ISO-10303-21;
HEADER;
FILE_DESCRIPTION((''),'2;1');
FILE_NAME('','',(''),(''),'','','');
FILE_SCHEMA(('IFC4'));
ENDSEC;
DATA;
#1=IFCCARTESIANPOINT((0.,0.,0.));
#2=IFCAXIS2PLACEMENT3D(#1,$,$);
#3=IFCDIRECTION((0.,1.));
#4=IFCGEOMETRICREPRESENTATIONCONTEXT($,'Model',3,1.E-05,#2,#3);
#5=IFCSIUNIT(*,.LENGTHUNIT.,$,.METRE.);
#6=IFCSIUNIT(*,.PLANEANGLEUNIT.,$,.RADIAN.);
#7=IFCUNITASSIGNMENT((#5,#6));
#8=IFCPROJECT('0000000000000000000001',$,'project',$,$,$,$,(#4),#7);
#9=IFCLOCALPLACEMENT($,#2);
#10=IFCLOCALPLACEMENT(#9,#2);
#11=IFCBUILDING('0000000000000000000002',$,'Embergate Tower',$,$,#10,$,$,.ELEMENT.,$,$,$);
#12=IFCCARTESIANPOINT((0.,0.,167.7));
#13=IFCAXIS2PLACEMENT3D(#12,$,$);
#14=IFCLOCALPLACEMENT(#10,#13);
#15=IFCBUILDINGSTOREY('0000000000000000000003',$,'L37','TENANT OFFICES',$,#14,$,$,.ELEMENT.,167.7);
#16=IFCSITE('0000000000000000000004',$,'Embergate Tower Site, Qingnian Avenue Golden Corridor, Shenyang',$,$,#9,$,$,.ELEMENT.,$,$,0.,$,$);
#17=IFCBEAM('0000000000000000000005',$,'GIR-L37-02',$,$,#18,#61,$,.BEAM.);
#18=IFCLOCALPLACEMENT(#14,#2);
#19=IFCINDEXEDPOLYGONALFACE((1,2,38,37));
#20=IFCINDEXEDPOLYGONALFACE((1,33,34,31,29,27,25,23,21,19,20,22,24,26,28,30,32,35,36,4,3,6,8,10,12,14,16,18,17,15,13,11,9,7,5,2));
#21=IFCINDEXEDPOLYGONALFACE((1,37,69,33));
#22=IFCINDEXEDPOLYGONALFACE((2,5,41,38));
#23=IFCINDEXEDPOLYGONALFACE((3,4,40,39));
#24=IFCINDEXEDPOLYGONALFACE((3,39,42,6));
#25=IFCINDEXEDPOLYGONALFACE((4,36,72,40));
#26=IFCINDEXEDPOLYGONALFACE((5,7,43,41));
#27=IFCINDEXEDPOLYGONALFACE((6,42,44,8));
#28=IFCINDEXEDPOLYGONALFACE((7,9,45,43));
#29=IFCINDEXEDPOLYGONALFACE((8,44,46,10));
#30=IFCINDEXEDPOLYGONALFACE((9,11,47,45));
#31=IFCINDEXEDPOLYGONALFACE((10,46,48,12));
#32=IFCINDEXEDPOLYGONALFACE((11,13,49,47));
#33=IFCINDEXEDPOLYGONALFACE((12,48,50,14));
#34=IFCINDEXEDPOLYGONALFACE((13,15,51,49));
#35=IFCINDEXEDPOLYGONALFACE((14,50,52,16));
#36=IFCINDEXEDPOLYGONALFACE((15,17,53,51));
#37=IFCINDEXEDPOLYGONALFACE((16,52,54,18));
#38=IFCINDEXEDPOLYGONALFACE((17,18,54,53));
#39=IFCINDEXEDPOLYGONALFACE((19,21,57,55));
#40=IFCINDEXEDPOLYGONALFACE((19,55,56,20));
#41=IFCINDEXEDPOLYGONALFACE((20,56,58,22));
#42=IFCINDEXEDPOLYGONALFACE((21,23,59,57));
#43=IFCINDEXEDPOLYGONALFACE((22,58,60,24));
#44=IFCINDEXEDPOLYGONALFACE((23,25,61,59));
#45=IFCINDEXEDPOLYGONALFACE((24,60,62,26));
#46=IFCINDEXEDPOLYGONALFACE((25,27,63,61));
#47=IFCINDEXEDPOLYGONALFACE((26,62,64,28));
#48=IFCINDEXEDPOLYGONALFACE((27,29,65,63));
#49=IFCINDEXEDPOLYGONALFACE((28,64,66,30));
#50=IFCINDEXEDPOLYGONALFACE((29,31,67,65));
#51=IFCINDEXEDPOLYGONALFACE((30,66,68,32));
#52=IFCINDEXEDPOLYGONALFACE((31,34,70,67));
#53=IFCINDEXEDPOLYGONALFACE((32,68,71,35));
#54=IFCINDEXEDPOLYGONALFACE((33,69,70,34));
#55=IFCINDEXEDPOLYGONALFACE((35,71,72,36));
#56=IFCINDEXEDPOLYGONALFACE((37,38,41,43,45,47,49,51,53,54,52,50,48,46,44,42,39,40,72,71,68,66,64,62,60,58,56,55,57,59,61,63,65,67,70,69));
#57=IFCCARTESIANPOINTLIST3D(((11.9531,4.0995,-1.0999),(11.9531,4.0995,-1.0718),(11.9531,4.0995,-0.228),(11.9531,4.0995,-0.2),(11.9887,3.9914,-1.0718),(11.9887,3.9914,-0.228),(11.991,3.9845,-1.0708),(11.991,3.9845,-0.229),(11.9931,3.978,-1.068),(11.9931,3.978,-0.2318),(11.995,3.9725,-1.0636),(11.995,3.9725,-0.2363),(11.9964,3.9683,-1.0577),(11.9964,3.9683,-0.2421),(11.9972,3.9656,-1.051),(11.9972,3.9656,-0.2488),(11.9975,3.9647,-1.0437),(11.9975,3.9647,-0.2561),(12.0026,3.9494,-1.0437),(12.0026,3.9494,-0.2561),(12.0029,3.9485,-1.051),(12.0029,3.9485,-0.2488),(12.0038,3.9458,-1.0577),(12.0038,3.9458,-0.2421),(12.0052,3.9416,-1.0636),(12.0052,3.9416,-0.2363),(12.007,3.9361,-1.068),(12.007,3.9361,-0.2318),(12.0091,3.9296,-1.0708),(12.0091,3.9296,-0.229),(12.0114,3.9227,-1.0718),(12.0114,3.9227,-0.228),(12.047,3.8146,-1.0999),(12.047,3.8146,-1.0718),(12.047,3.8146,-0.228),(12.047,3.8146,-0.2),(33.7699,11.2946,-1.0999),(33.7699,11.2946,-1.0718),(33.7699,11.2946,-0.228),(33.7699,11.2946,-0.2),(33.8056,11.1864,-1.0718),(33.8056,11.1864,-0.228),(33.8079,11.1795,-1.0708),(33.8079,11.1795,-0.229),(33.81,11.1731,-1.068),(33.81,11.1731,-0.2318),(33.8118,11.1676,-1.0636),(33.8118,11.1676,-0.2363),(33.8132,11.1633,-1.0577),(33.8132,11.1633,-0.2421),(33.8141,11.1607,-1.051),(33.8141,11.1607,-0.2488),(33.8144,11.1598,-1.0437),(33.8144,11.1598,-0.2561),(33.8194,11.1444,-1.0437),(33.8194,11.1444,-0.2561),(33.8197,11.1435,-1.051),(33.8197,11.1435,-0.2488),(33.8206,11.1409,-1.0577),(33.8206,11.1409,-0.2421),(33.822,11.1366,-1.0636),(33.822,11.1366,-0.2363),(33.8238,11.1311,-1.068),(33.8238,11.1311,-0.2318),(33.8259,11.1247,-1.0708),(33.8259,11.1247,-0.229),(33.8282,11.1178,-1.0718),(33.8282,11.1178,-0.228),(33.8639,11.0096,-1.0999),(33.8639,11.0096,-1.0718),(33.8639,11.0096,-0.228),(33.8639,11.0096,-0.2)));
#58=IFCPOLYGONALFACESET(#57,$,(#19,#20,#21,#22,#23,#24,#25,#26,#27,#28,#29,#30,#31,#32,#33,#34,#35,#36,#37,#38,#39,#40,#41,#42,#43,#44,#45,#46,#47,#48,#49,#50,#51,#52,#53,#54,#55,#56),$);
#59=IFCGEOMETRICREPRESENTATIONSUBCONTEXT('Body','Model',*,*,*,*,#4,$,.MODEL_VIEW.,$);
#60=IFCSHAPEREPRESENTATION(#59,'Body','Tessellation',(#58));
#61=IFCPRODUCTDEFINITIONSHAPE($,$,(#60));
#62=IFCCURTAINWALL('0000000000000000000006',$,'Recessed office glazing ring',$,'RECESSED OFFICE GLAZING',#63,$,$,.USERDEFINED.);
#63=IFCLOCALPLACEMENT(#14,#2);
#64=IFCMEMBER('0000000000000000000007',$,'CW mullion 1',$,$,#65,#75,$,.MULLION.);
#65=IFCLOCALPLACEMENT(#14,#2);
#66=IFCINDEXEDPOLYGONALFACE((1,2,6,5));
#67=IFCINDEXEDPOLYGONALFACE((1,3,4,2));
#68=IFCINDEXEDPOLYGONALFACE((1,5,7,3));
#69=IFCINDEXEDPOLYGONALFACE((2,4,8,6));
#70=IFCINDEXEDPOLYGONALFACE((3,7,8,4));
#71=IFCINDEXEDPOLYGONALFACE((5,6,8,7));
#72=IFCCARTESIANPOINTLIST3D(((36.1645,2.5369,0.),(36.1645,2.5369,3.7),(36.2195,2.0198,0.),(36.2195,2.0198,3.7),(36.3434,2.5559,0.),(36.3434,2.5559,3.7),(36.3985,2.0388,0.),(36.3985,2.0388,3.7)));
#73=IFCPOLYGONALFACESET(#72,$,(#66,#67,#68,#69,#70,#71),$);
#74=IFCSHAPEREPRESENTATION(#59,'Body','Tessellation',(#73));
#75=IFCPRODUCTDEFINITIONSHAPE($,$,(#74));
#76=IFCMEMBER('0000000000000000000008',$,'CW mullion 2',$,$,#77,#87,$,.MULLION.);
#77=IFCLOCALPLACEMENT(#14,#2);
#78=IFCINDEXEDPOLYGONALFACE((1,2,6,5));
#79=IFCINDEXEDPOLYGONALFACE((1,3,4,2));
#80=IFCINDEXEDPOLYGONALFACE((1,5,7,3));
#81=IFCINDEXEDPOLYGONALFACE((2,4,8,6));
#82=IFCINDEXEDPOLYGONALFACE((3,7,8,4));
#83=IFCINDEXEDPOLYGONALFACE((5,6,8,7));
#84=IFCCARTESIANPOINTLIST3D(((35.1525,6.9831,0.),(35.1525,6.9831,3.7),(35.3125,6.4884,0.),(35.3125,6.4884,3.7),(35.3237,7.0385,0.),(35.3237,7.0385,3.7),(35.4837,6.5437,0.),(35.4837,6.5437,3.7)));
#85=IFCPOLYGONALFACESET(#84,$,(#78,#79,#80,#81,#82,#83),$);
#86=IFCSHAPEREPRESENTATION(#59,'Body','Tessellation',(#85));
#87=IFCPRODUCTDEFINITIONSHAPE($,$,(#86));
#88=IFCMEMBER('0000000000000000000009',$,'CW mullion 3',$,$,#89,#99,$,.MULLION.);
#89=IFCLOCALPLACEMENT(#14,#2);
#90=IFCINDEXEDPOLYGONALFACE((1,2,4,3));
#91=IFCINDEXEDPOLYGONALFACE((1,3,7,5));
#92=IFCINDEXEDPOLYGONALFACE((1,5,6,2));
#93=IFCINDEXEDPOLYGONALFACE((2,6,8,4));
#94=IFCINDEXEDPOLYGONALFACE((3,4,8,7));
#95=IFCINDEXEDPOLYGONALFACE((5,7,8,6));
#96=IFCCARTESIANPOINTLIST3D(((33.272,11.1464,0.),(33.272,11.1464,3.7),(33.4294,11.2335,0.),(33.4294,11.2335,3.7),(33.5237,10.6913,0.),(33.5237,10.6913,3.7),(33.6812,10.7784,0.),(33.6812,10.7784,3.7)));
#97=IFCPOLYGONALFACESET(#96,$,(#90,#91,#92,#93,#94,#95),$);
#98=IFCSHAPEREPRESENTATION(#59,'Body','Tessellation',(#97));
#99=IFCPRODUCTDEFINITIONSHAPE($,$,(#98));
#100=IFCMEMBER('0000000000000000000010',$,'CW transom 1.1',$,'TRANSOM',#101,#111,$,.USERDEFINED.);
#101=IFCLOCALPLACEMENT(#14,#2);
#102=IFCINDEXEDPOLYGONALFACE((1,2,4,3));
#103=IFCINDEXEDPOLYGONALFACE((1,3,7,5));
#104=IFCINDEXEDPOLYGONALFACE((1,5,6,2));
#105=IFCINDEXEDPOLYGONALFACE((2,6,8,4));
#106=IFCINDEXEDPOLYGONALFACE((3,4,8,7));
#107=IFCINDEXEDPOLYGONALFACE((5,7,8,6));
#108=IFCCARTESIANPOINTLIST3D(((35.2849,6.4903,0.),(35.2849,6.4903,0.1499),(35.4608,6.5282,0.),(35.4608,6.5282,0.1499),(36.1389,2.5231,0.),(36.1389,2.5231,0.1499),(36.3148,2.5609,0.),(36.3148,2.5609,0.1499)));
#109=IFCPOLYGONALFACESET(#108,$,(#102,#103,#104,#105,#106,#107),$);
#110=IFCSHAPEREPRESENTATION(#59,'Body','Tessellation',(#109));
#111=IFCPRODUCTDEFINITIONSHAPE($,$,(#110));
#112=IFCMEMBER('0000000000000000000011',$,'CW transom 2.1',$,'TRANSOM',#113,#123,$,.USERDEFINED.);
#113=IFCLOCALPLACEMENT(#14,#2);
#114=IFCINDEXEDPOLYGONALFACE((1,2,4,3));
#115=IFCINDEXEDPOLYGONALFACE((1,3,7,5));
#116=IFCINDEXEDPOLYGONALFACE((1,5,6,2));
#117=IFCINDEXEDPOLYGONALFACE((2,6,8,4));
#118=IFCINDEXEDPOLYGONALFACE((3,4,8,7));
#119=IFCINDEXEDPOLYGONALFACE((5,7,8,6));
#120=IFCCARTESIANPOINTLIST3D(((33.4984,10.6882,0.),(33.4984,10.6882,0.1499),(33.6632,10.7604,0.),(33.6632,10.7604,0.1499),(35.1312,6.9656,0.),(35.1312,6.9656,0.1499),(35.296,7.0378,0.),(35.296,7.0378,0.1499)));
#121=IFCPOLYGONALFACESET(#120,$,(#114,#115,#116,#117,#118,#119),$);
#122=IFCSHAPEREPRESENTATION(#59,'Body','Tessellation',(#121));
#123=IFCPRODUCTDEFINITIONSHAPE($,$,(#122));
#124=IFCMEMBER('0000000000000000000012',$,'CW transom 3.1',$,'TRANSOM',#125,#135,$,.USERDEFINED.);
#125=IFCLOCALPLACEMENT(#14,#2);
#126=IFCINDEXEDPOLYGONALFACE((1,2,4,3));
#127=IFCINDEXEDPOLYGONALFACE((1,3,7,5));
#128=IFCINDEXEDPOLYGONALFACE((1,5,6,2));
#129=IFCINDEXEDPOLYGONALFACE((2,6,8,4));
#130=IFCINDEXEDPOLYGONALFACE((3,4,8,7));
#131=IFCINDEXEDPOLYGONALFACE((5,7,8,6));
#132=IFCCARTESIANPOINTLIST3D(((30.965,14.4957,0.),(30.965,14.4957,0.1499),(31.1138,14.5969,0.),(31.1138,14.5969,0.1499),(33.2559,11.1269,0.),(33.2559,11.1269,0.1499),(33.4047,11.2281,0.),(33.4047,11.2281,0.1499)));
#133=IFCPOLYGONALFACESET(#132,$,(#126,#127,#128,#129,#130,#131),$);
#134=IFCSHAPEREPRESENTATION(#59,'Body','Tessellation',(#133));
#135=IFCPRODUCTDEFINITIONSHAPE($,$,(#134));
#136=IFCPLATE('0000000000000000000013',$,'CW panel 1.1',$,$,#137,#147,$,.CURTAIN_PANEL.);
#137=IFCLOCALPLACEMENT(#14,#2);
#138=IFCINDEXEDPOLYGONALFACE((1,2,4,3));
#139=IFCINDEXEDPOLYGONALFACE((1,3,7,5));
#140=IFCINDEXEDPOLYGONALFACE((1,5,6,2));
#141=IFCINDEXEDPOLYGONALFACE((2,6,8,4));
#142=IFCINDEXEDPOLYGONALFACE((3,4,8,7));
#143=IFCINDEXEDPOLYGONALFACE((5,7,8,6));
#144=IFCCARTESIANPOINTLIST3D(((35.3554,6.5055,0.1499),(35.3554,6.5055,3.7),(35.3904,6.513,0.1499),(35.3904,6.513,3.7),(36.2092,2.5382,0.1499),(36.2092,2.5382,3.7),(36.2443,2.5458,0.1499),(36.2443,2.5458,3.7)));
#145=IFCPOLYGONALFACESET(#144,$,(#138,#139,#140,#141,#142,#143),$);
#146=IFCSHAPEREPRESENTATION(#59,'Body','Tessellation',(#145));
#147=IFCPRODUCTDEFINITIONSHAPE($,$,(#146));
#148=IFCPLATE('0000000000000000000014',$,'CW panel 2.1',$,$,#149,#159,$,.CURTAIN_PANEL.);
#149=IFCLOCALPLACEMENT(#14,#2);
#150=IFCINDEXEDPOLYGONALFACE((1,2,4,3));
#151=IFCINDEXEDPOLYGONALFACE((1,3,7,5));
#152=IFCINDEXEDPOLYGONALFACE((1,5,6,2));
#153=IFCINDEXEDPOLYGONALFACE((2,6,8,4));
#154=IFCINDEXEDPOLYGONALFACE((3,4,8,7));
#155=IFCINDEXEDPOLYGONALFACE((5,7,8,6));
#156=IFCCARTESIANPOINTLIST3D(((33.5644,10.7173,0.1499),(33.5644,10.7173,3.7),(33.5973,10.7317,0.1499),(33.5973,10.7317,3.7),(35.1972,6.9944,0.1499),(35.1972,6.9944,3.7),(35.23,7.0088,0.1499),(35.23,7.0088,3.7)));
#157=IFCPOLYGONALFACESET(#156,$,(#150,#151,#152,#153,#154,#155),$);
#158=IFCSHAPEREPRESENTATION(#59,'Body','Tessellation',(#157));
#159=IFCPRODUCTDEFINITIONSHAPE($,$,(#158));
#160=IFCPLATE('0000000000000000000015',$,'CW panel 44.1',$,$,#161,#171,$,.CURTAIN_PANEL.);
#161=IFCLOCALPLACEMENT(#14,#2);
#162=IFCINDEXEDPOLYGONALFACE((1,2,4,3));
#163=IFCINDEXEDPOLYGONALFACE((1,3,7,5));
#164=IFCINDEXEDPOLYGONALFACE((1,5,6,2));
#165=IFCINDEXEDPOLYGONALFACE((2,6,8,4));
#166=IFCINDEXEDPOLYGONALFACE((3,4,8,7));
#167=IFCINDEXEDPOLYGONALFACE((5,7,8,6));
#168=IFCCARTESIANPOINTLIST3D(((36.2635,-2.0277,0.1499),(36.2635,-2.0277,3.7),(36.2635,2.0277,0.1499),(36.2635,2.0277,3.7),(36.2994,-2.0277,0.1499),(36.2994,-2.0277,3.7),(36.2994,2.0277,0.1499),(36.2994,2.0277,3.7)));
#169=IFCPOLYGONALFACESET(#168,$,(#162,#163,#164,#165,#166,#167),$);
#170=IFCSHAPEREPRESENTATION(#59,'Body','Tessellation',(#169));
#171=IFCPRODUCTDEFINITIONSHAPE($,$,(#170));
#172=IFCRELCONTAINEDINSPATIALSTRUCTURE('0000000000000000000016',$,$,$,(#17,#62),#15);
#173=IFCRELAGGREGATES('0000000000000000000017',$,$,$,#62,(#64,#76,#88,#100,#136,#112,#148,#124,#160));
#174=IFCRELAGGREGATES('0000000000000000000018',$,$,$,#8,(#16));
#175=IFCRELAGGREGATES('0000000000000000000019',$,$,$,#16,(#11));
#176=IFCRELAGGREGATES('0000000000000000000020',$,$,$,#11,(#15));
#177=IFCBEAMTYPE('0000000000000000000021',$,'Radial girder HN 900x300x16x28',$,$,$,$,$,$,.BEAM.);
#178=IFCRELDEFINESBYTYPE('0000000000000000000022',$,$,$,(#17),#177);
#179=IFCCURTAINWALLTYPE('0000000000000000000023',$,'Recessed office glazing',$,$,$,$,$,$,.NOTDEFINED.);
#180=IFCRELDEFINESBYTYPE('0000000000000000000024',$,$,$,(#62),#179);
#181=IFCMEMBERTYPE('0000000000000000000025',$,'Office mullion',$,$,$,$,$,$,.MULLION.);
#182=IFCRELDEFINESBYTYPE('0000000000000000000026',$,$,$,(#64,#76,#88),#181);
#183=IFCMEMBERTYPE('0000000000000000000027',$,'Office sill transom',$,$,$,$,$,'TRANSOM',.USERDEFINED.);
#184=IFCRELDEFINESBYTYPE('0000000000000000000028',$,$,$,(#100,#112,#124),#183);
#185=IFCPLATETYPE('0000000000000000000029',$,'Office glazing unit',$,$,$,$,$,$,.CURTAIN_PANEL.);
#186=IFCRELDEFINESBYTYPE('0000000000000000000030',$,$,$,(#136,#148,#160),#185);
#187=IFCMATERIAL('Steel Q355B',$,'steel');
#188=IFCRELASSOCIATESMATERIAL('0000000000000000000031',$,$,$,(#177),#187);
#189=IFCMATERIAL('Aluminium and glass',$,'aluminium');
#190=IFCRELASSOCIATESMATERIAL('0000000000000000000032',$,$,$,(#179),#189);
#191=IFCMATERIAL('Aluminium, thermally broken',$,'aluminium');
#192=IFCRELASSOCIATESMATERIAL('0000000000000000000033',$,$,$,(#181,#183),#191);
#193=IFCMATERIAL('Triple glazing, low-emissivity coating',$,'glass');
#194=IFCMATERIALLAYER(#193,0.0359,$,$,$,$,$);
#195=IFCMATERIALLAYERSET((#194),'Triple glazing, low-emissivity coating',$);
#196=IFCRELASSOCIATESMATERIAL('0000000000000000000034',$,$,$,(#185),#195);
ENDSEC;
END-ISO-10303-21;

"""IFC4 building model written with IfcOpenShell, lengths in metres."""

from ifc_helpers import new_model, si_unit, direction, frame, origin, origin_2d, place, context, subcontext, project, spatial, rectangle, i_section, extrude, source, transform, mapped, material, layer, layer_set, material_profile, profile_set, type_object, element, aggregate, save


model = new_model("IFC4")

# Units and contexts
model_context = context("Model", 3, precision=1e-05, world=origin(), true_north=direction((0.0, 1.0)))
body_context = subcontext(model_context, "Body", "Model", "MODEL_VIEW")
ifc_project = project(units=[si_unit("LENGTHUNIT", "METRE"), si_unit("PLANEANGLEUNIT", "RADIAN")], contexts=[model_context])

# Site, building, storey
site_placement = place(None, origin())
site = spatial("IfcSite", under=ifc_project, at=site_placement, Name="Embergate Tower Site, Qingnian Avenue Golden Corridor, Shenyang", CompositionType="ELEMENT", RefElevation=0.0)
building_placement = place(site_placement, origin())
building = spatial("IfcBuilding", under=site, at=building_placement, Name="Embergate Tower", CompositionType="ELEMENT")
storey_placement = place(building_placement, frame((0.0, 0.0, 167.7)))
storey = spatial("IfcBuildingStorey", under=building, at=storey_placement, Name="L37", Description="TENANT OFFICES", CompositionType="ELEMENT", Elevation=167.7)

# Beam
ifc_material_1 = material(Name="Steel Q355B", Category="steel")
ifc_material_profile_1 = material_profile(ifc_material_1, i_section(OverallWidth=0.3, OverallDepth=0.8999, WebThickness=0.0161, FlangeThickness=0.0281, FilletRadius=0.0281, at=origin_2d()), Name="HN 900x300x16x28")
ifc_profile_set_1 = profile_set([ifc_material_profile_1], Name="Steel Q355 grade B")
beam_type_1 = type_object("IfcBeamType", Name="Radial girder HN 900x300x16x28", PredefinedType="BEAM", material=ifc_profile_set_1)
shared_shape_1 = source(origin(), body_context, "Body", "SweptSolid", [
    extrude(i_section(OverallWidth=0.3, OverallDepth=0.8999, WebThickness=0.0161, FlangeThickness=0.0281, FilletRadius=0.0281, at=origin_2d()), origin(), (0.0, 0.0, 1.0), 22.9727),
])
beam_1_placement = place(storey_placement, frame((33.8169, 11.1521, -0.6499), z_axis=(-0.949687, -0.313201, 0.0), x_axis=(0.313201, -0.949687, 0.0)))
element("IfcBeam", 1, at=beam_1_placement, inside=storey, type_object=beam_type_1, Name="GIR-L37-02", PredefinedType="BEAM", context=body_context, shape_type="MappedRepresentation", body=[
    mapped(shared_shape_1, transform((0.0, 0.0, 0.0))),
])

# Curtain wall, members, plates
ifc_material_2 = material(Name="Aluminium and glass", Category="aluminium")
curtain_wall_type = type_object("IfcCurtainWallType", Name="Recessed office glazing", PredefinedType="NOTDEFINED", material=ifc_material_2)
curtain_wall_placement = place(storey_placement, origin())
curtain_wall = element("IfcCurtainWall", 2, at=curtain_wall_placement, inside=storey, type_object=curtain_wall_type, Name="Recessed office glazing ring", ObjectType="RECESSED OFFICE GLAZING", PredefinedType="USERDEFINED")
ifc_material_3 = material(Name="Aluminium, thermally broken", Category="aluminium")
ifc_material_profile_2 = material_profile(ifc_material_3, rectangle(XDim=0.1799, YDim=0.52, at=origin_2d()), Name="AL 520x180")
ifc_profile_set_2 = profile_set([ifc_material_profile_2], Name="Aluminium, thermally broken")
member_type_1 = type_object("IfcMemberType", Name="Office mullion", PredefinedType="MULLION", material=ifc_profile_set_2)
shared_shape_2 = source(origin(), body_context, "Body", "SweptSolid", [
    extrude(rectangle(XDim=0.1799, YDim=0.52, at=origin_2d()), origin(), (0.0, 0.0, 1.0), 3.7),
])
member_1_placement = place(storey_placement, frame((36.2815, 2.2878, 0.0), z_axis=(0.0, 0.0, 1.0), x_axis=(-0.994385, -0.105823, 0.0)))
member_1 = element("IfcMember", 3, at=member_1_placement, type_object=member_type_1, Name="CW mullion 1", PredefinedType="MULLION", context=body_context, shape_type="MappedRepresentation", body=[
    mapped(shared_shape_2, transform((0.0, 0.0, 0.0))),
])
member_2_placement = place(storey_placement, frame((35.3181, 6.7634, 0.0), z_axis=(0.0, 0.0, 1.0), x_axis=(-0.951498, -0.307656, 0.0)))
member_2 = element("IfcMember", 4, at=member_2_placement, type_object=member_type_1, Name="CW mullion 2", PredefinedType="MULLION", context=body_context, shape_type="MappedRepresentation", body=[
    mapped(shared_shape_2, transform((0.0, 0.0, 0.0))),
])
member_3_placement = place(storey_placement, frame((33.4766, 10.9624, 0.0), z_axis=(0.0, 0.0, 1.0), x_axis=(-0.875002, -0.484119, 0.0)))
member_3 = element("IfcMember", 5, at=member_3_placement, type_object=member_type_1, Name="CW mullion 3", PredefinedType="MULLION", context=body_context, shape_type="MappedRepresentation", body=[
    mapped(shared_shape_2, transform((0.0, 0.0, 0.0))),
])
ifc_material_profile_3 = material_profile(ifc_material_3, rectangle(XDim=0.1799, YDim=0.1499, at=origin_2d()), Name="AL 150x180")
ifc_profile_set_3 = profile_set([ifc_material_profile_3], Name="Aluminium, thermally broken")
member_type_2 = type_object("IfcMemberType", Name="Office sill transom", ElementType="TRANSOM", PredefinedType="USERDEFINED", material=ifc_profile_set_3)
shared_shape_3 = source(origin(), body_context, "Body", "SweptSolid", [
    extrude(rectangle(XDim=0.1799, YDim=0.1499, at=origin_2d()), origin(), (0.0, 0.0, 1.0), 4.0581),
])
member_4_placement = place(storey_placement, frame((36.2268, 2.542, 0.075), z_axis=(-0.210441, 0.977607, 0.0), x_axis=(-0.977607, -0.210441, 0.0)))
member_4 = element("IfcMember", 6, at=member_4_placement, type_object=member_type_2, Name="CW transom 1.1", ObjectType="TRANSOM", PredefinedType="USERDEFINED", context=body_context, shape_type="MappedRepresentation", body=[
    mapped(shared_shape_3, transform((0.0, 0.0, 0.0))),
])
shared_shape_4 = source(origin(), body_context, "Body", "SweptSolid", [
    extrude(rectangle(XDim=0.1799, YDim=0.1499, at=origin_2d()), origin(), (0.0, 0.0, 1.0), 4.0649),
])
member_5_placement = place(storey_placement, frame((35.2136, 7.0017, 0.075), z_axis=(-0.401676, 0.915782, 0.0), x_axis=(-0.915782, -0.401676, 0.0)))
member_5 = element("IfcMember", 7, at=member_5_placement, type_object=member_type_2, Name="CW transom 2.1", ObjectType="TRANSOM", PredefinedType="USERDEFINED", context=body_context, shape_type="MappedRepresentation", body=[
    mapped(shared_shape_4, transform((0.0, 0.0, 0.0))),
])
shared_shape_5 = source(origin(), body_context, "Body", "SweptSolid", [
    extrude(rectangle(XDim=0.1799, YDim=0.1499, at=origin_2d()), origin(), (0.0, 0.0, 1.0), 4.074),
])
member_6_placement = place(storey_placement, frame((33.3303, 11.1775, 0.075), z_axis=(-0.562338, 0.826908, 0.0), x_axis=(-0.826908, -0.562338, 0.0)))
member_6 = element("IfcMember", 8, at=member_6_placement, type_object=member_type_2, Name="CW transom 3.1", ObjectType="TRANSOM", PredefinedType="USERDEFINED", context=body_context, shape_type="MappedRepresentation", body=[
    mapped(shared_shape_5, transform((0.0, 0.0, 0.0))),
])
ifc_material_4 = material(Name="Triple glazing, low-emissivity coating", Category="glass")
ifc_layer_1 = layer(ifc_material_4, 0.0359)
ifc_layer_set_1 = layer_set([ifc_layer_1], Name="Triple glazing, low-emissivity coating")
plate_type = type_object("IfcPlateType", Name="Office glazing unit", PredefinedType="CURTAIN_PANEL", material=ifc_layer_set_1)
shared_shape_6 = source(origin(), body_context, "Body", "SweptSolid", [
    extrude(rectangle(XDim=4.0581, YDim=0.0359, at=origin_2d()), origin(), (0.0, 0.0, 1.0), 3.55),
])
plate_1_placement = place(storey_placement, frame((35.7998, 4.5256, 0.1499), z_axis=(0.0, 0.0, 1.0), x_axis=(-0.210398, 0.977616, 0.0)))
plate_1 = element("IfcPlate", 9, at=plate_1_placement, type_object=plate_type, Name="CW panel 1.1", PredefinedType="CURTAIN_PANEL", context=body_context, shape_type="MappedRepresentation", body=[
    mapped(shared_shape_6, transform((0.0, 0.0, 0.0))),
])
shared_shape_7 = source(origin(), body_context, "Body", "SweptSolid", [
    extrude(rectangle(XDim=4.0652, YDim=0.0359, at=origin_2d()), origin(), (0.0, 0.0, 1.0), 3.55),
])
plate_2_placement = place(storey_placement, frame((34.3972, 8.863, 0.1499), z_axis=(0.0, 0.0, 1.0), x_axis=(-0.401652, 0.915792, 0.0)))
plate_2 = element("IfcPlate", 10, at=plate_2_placement, type_object=plate_type, Name="CW panel 2.1", PredefinedType="CURTAIN_PANEL", context=body_context, shape_type="MappedRepresentation", body=[
    mapped(shared_shape_7, transform((0.0, 0.0, 0.0))),
])
shared_shape_8 = source(origin(), body_context, "Body", "SweptSolid", [
    extrude(rectangle(XDim=4.0554, YDim=0.0359, at=origin_2d()), origin(), (0.0, 0.0, 1.0), 3.55),
])
plate_3_placement = place(storey_placement, frame((36.2815, 0.0, 0.1499), z_axis=(0.0, 0.0, 1.0), x_axis=(0.0, 1.0, 0.0)))
plate_3 = element("IfcPlate", 11, at=plate_3_placement, type_object=plate_type, Name="CW panel 44.1", PredefinedType="CURTAIN_PANEL", context=body_context, shape_type="MappedRepresentation", body=[
    mapped(shared_shape_8, transform((0.0, 0.0, 0.0))),
])
aggregate(curtain_wall, [member_1, member_2, member_3, member_4, plate_1, member_5, plate_2, member_6, plate_3])

save(model, "model.ifc")
